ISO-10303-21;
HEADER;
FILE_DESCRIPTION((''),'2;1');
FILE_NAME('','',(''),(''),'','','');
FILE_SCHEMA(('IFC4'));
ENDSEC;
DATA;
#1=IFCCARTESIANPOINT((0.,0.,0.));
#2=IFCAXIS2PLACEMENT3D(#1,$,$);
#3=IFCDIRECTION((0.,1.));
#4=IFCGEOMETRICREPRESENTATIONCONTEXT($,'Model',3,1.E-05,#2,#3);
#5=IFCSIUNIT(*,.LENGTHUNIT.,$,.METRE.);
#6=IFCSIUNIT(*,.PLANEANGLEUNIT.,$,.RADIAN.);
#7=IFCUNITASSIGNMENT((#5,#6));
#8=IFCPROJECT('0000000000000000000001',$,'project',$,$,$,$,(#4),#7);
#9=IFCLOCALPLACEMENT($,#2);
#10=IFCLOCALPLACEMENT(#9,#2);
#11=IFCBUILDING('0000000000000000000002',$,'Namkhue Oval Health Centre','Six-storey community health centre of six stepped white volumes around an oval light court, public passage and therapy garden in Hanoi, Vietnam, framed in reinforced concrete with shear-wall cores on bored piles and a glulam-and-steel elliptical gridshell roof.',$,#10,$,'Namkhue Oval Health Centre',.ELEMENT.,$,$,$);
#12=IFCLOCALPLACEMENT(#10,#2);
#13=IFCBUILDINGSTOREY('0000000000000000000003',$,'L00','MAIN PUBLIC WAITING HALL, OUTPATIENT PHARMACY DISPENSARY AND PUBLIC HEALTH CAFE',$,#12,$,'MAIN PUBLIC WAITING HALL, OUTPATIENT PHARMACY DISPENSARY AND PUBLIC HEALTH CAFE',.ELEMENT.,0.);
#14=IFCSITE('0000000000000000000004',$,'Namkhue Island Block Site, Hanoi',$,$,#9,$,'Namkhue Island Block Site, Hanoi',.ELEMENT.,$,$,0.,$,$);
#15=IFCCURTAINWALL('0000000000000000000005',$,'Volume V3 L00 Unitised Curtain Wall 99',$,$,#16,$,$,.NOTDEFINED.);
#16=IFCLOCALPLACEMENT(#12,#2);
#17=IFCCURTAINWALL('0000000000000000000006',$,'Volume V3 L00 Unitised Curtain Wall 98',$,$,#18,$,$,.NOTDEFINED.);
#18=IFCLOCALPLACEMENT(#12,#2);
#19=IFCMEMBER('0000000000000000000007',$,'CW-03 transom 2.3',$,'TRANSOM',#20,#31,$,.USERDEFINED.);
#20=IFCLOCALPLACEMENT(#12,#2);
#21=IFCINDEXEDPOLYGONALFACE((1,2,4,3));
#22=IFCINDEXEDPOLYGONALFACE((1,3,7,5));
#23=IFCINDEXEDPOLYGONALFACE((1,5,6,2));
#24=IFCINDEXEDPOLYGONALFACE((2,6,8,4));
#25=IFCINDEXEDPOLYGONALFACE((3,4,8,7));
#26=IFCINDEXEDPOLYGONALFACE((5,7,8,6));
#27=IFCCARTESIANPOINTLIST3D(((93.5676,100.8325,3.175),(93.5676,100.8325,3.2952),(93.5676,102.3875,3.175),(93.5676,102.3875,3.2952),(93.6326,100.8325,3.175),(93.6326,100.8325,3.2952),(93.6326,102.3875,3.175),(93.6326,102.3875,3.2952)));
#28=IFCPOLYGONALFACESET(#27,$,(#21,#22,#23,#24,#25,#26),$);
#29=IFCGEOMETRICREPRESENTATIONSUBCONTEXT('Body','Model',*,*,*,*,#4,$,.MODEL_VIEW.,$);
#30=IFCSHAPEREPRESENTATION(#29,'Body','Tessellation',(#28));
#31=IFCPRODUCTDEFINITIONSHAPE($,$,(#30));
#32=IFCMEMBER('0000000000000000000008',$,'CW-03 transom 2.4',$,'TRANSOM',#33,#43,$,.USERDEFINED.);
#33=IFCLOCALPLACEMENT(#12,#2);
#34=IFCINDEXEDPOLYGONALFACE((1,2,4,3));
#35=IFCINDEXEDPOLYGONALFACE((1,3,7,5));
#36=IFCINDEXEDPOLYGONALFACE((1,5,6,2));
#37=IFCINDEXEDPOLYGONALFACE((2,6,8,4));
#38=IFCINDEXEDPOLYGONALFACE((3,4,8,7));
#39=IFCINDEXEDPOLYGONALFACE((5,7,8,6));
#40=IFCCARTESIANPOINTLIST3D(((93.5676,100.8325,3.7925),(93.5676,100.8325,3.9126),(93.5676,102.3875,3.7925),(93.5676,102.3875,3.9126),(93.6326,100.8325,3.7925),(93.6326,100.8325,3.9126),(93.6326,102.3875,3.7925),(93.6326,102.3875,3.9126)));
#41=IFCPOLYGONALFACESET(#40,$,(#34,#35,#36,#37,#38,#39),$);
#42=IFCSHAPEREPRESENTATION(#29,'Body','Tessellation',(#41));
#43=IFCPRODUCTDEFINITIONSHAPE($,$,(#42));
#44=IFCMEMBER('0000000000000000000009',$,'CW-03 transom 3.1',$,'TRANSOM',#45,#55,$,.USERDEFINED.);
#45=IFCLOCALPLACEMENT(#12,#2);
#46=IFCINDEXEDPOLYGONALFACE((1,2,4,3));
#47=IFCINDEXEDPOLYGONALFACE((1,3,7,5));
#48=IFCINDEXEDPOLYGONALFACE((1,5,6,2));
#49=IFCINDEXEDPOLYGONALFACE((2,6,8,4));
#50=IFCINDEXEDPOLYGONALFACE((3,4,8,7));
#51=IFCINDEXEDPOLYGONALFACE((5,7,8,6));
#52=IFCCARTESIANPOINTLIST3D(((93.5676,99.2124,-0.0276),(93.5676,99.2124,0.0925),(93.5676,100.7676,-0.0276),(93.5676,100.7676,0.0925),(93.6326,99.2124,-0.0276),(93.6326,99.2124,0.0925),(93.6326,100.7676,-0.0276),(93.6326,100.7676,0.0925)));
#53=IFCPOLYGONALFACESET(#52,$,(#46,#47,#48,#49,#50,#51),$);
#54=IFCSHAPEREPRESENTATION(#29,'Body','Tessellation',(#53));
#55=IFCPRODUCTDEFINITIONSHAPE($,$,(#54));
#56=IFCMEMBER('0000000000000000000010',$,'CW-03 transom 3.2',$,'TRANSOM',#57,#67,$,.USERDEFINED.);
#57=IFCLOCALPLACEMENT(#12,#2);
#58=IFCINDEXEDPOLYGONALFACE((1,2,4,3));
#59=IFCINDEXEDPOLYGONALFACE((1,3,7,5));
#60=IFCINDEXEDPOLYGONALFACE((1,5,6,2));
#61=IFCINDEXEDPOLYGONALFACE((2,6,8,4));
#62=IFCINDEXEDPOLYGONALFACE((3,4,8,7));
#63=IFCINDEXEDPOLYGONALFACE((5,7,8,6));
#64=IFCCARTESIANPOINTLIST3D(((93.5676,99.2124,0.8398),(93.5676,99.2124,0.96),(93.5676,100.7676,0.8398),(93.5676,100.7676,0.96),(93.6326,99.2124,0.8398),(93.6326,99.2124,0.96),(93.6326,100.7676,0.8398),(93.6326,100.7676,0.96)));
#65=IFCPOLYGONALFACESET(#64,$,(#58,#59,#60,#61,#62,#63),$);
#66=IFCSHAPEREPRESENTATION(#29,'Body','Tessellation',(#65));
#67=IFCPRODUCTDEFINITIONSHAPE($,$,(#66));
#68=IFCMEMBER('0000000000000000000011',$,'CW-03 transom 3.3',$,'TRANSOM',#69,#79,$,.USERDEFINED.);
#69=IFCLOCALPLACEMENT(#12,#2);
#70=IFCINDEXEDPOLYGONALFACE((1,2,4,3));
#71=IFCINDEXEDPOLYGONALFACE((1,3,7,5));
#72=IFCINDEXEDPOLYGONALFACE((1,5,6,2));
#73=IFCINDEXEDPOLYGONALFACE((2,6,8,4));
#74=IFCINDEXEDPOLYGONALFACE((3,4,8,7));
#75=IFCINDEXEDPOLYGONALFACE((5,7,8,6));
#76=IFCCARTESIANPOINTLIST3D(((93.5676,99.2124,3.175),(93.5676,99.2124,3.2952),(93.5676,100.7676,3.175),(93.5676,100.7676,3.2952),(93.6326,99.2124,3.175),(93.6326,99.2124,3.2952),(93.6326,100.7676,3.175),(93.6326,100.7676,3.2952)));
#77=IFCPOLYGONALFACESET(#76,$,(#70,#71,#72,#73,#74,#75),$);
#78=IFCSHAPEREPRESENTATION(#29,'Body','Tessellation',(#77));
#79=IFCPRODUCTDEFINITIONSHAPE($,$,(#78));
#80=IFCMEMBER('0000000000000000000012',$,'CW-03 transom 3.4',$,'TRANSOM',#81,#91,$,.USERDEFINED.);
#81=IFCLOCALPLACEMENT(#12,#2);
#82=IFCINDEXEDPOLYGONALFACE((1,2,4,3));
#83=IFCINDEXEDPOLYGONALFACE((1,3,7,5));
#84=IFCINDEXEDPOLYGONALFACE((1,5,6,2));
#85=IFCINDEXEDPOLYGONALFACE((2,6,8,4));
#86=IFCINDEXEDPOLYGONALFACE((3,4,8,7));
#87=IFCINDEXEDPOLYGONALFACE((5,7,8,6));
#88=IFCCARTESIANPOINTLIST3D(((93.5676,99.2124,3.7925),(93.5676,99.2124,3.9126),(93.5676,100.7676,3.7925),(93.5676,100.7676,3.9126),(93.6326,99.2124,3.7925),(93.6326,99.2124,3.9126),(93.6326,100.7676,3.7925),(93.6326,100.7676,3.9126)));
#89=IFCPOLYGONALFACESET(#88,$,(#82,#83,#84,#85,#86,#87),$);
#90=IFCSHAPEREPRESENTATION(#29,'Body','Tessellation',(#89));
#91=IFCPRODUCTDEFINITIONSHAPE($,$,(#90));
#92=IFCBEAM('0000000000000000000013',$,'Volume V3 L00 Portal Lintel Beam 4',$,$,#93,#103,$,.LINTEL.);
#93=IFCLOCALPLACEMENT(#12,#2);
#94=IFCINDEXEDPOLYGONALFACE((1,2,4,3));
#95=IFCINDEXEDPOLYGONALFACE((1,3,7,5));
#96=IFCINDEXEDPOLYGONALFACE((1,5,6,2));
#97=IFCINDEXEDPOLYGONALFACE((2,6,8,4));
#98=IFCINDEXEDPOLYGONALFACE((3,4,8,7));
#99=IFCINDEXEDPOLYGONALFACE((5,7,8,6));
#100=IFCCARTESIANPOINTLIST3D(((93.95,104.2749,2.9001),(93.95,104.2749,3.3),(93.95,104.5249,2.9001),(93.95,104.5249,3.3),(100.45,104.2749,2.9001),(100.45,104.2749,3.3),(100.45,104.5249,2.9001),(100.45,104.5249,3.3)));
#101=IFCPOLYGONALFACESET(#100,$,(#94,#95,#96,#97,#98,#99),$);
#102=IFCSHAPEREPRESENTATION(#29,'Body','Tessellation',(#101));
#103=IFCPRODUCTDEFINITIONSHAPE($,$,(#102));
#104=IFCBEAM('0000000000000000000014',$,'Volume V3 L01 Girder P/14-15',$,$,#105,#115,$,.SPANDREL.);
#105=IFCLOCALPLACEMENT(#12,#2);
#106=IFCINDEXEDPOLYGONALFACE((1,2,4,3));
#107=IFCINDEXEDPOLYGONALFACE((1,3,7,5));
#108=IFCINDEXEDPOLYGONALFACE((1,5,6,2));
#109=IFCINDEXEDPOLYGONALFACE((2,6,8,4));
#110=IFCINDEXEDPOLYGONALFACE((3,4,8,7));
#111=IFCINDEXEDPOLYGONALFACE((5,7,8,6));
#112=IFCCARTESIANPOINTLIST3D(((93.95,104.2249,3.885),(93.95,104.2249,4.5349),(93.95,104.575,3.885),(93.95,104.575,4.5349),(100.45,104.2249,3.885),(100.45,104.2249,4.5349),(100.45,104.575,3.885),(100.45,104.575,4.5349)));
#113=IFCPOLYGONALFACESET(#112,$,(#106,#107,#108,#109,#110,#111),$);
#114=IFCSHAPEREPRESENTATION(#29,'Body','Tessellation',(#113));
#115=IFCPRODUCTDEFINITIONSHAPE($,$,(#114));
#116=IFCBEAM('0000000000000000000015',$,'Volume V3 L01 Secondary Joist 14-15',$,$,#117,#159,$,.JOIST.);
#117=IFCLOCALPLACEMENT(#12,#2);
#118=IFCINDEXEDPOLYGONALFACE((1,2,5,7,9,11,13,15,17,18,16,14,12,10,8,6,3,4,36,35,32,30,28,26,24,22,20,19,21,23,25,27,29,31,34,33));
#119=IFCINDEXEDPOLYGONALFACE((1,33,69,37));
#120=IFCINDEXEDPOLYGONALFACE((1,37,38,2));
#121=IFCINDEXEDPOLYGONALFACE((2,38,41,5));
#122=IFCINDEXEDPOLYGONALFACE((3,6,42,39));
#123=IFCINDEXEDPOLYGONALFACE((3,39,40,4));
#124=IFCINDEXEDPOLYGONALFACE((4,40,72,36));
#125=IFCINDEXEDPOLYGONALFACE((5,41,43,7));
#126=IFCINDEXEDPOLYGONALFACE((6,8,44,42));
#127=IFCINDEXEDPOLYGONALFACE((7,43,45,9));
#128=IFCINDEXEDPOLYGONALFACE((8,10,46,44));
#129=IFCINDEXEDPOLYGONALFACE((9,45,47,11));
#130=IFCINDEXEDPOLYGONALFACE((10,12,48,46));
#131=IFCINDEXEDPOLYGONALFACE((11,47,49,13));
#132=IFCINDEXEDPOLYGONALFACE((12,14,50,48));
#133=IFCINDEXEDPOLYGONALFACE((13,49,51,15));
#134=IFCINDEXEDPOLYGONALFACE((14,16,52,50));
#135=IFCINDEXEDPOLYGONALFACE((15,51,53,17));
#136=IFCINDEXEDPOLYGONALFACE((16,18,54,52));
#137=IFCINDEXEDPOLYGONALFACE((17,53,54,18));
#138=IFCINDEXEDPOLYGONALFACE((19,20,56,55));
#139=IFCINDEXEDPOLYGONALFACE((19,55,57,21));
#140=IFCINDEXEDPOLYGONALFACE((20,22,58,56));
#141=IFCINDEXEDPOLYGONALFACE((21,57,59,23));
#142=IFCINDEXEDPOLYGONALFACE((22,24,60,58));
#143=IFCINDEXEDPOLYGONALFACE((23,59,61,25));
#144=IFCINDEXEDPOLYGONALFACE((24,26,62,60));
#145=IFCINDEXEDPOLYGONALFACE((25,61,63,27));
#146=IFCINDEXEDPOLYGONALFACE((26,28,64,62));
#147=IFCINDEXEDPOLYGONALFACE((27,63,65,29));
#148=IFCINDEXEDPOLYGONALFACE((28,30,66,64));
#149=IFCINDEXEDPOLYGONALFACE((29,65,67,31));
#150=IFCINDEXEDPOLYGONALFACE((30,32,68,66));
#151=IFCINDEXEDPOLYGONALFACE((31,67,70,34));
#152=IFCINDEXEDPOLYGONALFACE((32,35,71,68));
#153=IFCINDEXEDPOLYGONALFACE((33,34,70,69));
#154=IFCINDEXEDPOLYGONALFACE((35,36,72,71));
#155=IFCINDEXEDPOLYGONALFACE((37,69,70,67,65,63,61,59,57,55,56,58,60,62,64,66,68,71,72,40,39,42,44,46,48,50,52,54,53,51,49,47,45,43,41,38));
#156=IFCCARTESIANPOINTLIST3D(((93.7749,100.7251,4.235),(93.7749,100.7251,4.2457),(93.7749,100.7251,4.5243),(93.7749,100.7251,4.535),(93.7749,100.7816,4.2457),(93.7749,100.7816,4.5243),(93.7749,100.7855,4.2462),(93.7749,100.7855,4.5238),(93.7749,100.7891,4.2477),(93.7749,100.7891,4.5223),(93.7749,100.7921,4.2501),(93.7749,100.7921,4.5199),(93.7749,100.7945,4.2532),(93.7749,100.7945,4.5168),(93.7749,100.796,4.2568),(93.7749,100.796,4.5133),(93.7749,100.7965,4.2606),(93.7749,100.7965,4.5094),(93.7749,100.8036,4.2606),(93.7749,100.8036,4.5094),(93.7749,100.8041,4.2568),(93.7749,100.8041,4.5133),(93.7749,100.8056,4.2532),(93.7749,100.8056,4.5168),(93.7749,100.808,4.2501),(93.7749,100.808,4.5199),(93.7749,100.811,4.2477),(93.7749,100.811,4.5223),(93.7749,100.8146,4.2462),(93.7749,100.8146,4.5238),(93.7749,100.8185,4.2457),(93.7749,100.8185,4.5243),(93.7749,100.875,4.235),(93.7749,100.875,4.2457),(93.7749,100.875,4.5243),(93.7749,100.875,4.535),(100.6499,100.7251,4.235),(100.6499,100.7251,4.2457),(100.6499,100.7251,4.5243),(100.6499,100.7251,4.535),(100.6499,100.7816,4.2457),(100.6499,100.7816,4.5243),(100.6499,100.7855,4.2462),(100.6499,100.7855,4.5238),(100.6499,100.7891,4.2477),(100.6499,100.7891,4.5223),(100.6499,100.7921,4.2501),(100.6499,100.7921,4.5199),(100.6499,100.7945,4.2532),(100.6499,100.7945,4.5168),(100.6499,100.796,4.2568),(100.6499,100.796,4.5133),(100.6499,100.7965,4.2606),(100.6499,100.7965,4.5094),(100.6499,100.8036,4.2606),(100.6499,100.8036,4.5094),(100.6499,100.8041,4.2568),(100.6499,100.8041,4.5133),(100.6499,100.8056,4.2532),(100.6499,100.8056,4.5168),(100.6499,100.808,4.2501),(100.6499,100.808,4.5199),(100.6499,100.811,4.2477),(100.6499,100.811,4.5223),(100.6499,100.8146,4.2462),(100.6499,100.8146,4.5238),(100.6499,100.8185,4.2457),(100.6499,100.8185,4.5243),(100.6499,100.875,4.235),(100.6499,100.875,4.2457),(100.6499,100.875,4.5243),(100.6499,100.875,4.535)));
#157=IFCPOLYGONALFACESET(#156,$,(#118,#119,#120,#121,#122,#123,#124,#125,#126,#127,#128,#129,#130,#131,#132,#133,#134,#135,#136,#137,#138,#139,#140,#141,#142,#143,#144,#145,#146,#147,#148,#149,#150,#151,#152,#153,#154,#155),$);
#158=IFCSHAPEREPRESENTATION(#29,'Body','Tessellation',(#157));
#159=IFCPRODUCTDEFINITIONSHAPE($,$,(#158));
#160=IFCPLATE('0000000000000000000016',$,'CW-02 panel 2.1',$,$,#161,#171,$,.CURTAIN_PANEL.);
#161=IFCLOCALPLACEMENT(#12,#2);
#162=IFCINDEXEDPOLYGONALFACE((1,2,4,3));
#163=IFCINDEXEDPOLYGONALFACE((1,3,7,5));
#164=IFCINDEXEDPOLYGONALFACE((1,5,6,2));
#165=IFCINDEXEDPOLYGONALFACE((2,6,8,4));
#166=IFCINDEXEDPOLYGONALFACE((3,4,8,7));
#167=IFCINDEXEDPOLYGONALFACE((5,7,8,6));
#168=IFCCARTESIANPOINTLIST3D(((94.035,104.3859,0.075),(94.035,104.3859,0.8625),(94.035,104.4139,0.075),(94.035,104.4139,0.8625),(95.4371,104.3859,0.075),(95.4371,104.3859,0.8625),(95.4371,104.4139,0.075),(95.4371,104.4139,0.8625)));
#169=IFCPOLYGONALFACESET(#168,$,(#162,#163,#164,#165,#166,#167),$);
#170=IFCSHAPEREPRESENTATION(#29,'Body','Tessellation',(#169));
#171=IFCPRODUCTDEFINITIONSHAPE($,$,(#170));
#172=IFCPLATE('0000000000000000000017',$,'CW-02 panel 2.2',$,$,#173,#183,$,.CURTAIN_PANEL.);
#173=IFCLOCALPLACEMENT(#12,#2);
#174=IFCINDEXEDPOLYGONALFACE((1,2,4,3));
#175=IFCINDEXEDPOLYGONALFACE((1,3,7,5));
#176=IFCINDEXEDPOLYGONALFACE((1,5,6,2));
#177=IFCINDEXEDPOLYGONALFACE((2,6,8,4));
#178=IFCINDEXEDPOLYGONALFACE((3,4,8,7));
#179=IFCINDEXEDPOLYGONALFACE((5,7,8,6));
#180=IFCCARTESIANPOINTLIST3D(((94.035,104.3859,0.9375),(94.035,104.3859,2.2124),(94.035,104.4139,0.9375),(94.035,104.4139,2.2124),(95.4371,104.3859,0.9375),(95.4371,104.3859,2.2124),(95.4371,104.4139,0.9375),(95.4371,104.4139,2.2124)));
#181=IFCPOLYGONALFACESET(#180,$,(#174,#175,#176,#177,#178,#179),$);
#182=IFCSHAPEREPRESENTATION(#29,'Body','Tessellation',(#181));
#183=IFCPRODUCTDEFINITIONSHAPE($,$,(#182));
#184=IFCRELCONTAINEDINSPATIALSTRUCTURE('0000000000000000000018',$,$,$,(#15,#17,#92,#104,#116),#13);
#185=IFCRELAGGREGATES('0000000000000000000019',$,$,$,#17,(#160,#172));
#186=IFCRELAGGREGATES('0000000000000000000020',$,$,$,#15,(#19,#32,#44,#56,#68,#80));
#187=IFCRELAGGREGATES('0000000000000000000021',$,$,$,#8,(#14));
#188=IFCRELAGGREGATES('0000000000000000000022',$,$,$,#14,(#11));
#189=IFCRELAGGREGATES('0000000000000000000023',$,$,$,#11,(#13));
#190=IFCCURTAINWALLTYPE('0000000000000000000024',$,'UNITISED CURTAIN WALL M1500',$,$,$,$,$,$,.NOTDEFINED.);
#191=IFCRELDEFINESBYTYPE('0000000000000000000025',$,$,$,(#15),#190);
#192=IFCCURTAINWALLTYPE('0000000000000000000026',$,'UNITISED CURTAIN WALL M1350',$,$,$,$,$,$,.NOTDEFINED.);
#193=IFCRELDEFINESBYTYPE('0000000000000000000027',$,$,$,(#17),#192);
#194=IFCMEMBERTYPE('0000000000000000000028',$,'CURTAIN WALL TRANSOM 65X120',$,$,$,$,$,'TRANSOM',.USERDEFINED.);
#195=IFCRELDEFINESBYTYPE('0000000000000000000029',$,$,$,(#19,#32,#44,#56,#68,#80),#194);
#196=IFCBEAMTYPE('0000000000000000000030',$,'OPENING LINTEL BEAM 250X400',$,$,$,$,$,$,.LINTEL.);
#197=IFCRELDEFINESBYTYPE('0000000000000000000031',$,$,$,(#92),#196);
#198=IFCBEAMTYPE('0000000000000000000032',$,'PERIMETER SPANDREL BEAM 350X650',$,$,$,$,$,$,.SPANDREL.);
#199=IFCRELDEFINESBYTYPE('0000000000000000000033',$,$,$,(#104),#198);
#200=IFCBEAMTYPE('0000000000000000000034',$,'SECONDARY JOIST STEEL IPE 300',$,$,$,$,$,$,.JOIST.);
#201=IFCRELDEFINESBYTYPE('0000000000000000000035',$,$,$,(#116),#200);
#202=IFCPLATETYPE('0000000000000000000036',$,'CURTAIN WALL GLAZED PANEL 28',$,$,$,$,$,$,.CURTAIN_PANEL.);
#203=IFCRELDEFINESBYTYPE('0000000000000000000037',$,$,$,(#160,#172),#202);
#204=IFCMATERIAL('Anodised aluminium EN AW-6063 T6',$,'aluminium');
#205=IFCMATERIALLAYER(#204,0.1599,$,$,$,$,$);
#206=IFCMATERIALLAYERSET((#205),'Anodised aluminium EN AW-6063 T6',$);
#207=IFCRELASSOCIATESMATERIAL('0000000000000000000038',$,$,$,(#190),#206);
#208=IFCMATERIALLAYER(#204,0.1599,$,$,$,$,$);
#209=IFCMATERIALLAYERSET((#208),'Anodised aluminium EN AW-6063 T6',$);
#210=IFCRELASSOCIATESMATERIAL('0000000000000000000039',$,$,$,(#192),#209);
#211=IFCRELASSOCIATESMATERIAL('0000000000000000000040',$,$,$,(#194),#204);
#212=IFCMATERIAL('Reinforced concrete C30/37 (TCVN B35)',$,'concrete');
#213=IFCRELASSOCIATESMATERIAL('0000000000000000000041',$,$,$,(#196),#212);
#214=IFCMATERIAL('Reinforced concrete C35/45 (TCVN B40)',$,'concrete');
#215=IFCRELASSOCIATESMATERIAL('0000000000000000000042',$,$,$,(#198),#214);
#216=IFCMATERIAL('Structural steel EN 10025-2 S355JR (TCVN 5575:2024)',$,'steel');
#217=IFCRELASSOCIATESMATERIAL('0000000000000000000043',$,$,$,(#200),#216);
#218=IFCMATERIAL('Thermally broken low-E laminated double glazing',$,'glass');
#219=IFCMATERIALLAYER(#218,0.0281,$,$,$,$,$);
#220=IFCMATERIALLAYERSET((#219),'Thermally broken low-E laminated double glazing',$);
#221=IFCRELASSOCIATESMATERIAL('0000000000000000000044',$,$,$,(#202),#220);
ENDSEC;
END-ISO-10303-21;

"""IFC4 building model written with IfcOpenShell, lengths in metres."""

from ifc_helpers import new_model, si_unit, direction, frame, origin, origin_2d, place, context, subcontext, project, spatial, rectangle, i_section, extrude, material, layer, layer_set, material_profile, profile_set, type_object, element, aggregate, save


model = new_model("IFC4")

# Units and contexts
model_context = context("Model", 3, precision=1e-05, world=origin(), true_north=direction((0.0, 1.0)))
body_context = subcontext(model_context, "Body", "Model", "MODEL_VIEW")
ifc_project = project(units=[si_unit("LENGTHUNIT", "METRE"), si_unit("PLANEANGLEUNIT", "RADIAN")], contexts=[model_context])

# Site, building, storey
site_placement = place(None, origin())
site = spatial("IfcSite", under=ifc_project, at=site_placement, Name="Namkhue Island Block Site, Hanoi", LongName="Namkhue Island Block Site, Hanoi", CompositionType="ELEMENT", RefElevation=0.0)
building_placement = place(site_placement, origin())
building = spatial("IfcBuilding", under=site, at=building_placement, Name="Namkhue Oval Health Centre", Description="Six-storey community health centre of six stepped white volumes around an oval light court, public passage and therapy garden in Hanoi, Vietnam, framed in reinforced concrete with shear-wall cores on bored piles and a glulam-and-steel elliptical gridshell roof.", LongName="Namkhue Oval Health Centre", CompositionType="ELEMENT")
storey_placement = place(building_placement, origin())
storey = spatial("IfcBuildingStorey", under=building, at=storey_placement, Name="L00", Description="MAIN PUBLIC WAITING HALL, OUTPATIENT PHARMACY DISPENSARY AND PUBLIC HEALTH CAFE", LongName="MAIN PUBLIC WAITING HALL, OUTPATIENT PHARMACY DISPENSARY AND PUBLIC HEALTH CAFE", CompositionType="ELEMENT", Elevation=0.0)

# Shared definitions
ifc_material_1 = material(Name="Reinforced concrete C30/37 (TCVN B35)", Category="concrete")

# Shared definitions
ifc_material_2 = material(Name="Reinforced concrete C35/45 (TCVN B40)", Category="concrete")

# Curtain wall
ifc_material_3 = material(Name="Anodised aluminium EN AW-6063 T6", Category="aluminium")
ifc_layer_1 = layer(ifc_material_3, 0.1599)
ifc_layer_set_1 = layer_set([ifc_layer_1], Name="Anodised aluminium EN AW-6063 T6")
curtain_wall_type_1 = type_object("IfcCurtainWallType", Name="UNITISED CURTAIN WALL M1500", PredefinedType="NOTDEFINED", material=ifc_layer_set_1)
curtain_wall_1_placement = place(storey_placement, origin())
curtain_wall_1 = element("IfcCurtainWall", 1, at=curtain_wall_1_placement, inside=storey, type_object=curtain_wall_type_1, Name="Volume V3 L00 Unitised Curtain Wall 99", PredefinedType="NOTDEFINED")

# Curtain wall
ifc_layer_2 = layer(ifc_material_3, 0.1599)
ifc_layer_set_2 = layer_set([ifc_layer_2], Name="Anodised aluminium EN AW-6063 T6")
curtain_wall_type_2 = type_object("IfcCurtainWallType", Name="UNITISED CURTAIN WALL M1350", PredefinedType="NOTDEFINED", material=ifc_layer_set_2)
curtain_wall_2_placement = place(storey_placement, origin())
curtain_wall_2 = element("IfcCurtainWall", 2, at=curtain_wall_2_placement, inside=storey, type_object=curtain_wall_type_2, Name="Volume V3 L00 Unitised Curtain Wall 98", PredefinedType="NOTDEFINED")

# Members
ifc_material_profile_1 = material_profile(ifc_material_3, rectangle(XDim=0.0649, YDim=0.1201, at=origin_2d()), Name="ALU 65x120")
ifc_profile_set_1 = profile_set([ifc_material_profile_1], Name="Anodised aluminium EN AW-6063 T6")
member_type_1 = type_object("IfcMemberType", Name="CURTAIN WALL TRANSOM 65X120", ElementType="TRANSOM", PredefinedType="USERDEFINED", material=ifc_profile_set_1)
member_1_placement = place(storey_placement, frame((93.6001, 102.3875, 3.2351), z_axis=(0.0, -1.0, 0.0), x_axis=(1.0, 0.0, 0.0)))
member_1 = element("IfcMember", 3, at=member_1_placement, type_object=member_type_1, Name="CW-03 transom 2.3", ObjectType="TRANSOM", PredefinedType="USERDEFINED", context=body_context, shape_type="SweptSolid", body=[
    extrude(rectangle(XDim=0.0649, YDim=0.1201, at=origin_2d()), origin(), (0.0, 0.0, 1.0), 1.5549),
])
member_2_placement = place(storey_placement, frame((93.6001, 102.3875, 3.8525), z_axis=(0.0, -1.0, 0.0), x_axis=(1.0, 0.0, 0.0)))
member_2 = element("IfcMember", 4, at=member_2_placement, type_object=member_type_1, Name="CW-03 transom 2.4", ObjectType="TRANSOM", PredefinedType="USERDEFINED", context=body_context, shape_type="SweptSolid", body=[
    extrude(rectangle(XDim=0.0649, YDim=0.1201, at=origin_2d()), origin(), (0.0, 0.0, 1.0), 1.5549),
])
member_3_placement = place(storey_placement, frame((93.6001, 100.7676, 0.0325), z_axis=(0.0, -1.0, 0.0), x_axis=(1.0, 0.0, 0.0)))
member_3 = element("IfcMember", 5, at=member_3_placement, type_object=member_type_1, Name="CW-03 transom 3.1", ObjectType="TRANSOM", PredefinedType="USERDEFINED", context=body_context, shape_type="SweptSolid", body=[
    extrude(rectangle(XDim=0.0649, YDim=0.1201, at=origin_2d()), origin(), (0.0, 0.0, 1.0), 1.5552),
])
member_4_placement = place(storey_placement, frame((93.6001, 100.7676, 0.8999), z_axis=(0.0, -1.0, 0.0), x_axis=(1.0, 0.0, 0.0)))
member_4 = element("IfcMember", 6, at=member_4_placement, type_object=member_type_1, Name="CW-03 transom 3.2", ObjectType="TRANSOM", PredefinedType="USERDEFINED", context=body_context, shape_type="SweptSolid", body=[
    extrude(rectangle(XDim=0.0649, YDim=0.1201, at=origin_2d()), origin(), (0.0, 0.0, 1.0), 1.5552),
])
member_5_placement = place(storey_placement, frame((93.6001, 100.7676, 3.2351), z_axis=(0.0, -1.0, 0.0), x_axis=(1.0, 0.0, 0.0)))
member_5 = element("IfcMember", 7, at=member_5_placement, type_object=member_type_1, Name="CW-03 transom 3.3", ObjectType="TRANSOM", PredefinedType="USERDEFINED", context=body_context, shape_type="SweptSolid", body=[
    extrude(rectangle(XDim=0.0649, YDim=0.1201, at=origin_2d()), origin(), (0.0, 0.0, 1.0), 1.5552),
])
member_6_placement = place(storey_placement, frame((93.6001, 100.7676, 3.8525), z_axis=(0.0, -1.0, 0.0), x_axis=(1.0, 0.0, 0.0)))
member_6 = element("IfcMember", 8, at=member_6_placement, type_object=member_type_1, Name="CW-03 transom 3.4", ObjectType="TRANSOM", PredefinedType="USERDEFINED", context=body_context, shape_type="SweptSolid", body=[
    extrude(rectangle(XDim=0.0649, YDim=0.1201, at=origin_2d()), origin(), (0.0, 0.0, 1.0), 1.5552),
])

# Beams
ifc_material_profile_2 = material_profile(ifc_material_1, rectangle(XDim=0.25, YDim=0.3999, at=origin_2d()), Name="RC 250x400")
ifc_profile_set_2 = profile_set([ifc_material_profile_2], Name="Reinforced concrete C30/37 (TCVN B35)")
beam_type_1 = type_object("IfcBeamType", Name="OPENING LINTEL BEAM 250X400", PredefinedType="LINTEL", material=ifc_profile_set_2)
beam_1_placement = place(storey_placement, frame((93.95, 104.3999, 3.1001), z_axis=(1.0, 0.0, 0.0), x_axis=(0.0, 1.0, 0.0)))
element("IfcBeam", 9, at=beam_1_placement, inside=storey, type_object=beam_type_1, Name="Volume V3 L00 Portal Lintel Beam 4", PredefinedType="LINTEL", context=body_context, shape_type="SweptSolid", body=[
    extrude(rectangle(XDim=0.25, YDim=0.3999, at=origin_2d()), origin(), (0.0, 0.0, 1.0), 6.5),
])
ifc_material_profile_3 = material_profile(ifc_material_2, rectangle(XDim=0.3501, YDim=0.6499, at=origin_2d()), Name="RC 350x650")
ifc_profile_set_3 = profile_set([ifc_material_profile_3], Name="Reinforced concrete C35/45 (TCVN B40)")
beam_type_2 = type_object("IfcBeamType", Name="PERIMETER SPANDREL BEAM 350X650", PredefinedType="SPANDREL", material=ifc_profile_set_3)
beam_2_placement = place(storey_placement, frame((93.95, 104.3999, 4.21), z_axis=(1.0, 0.0, 0.0), x_axis=(0.0, 1.0, 0.0)))
element("IfcBeam", 10, at=beam_2_placement, inside=storey, type_object=beam_type_2, Name="Volume V3 L01 Girder P/14-15", PredefinedType="SPANDREL", context=body_context, shape_type="SweptSolid", body=[
    extrude(rectangle(XDim=0.3501, YDim=0.6499, at=origin_2d()), origin(), (0.0, 0.0, 1.0), 6.5),
])
ifc_material_4 = material(Name="Structural steel EN 10025-2 S355JR (TCVN 5575:2024)", Category="steel")
ifc_material_profile_4 = material_profile(ifc_material_4, i_section(OverallWidth=0.1499, OverallDepth=0.3, WebThickness=0.0071, FlangeThickness=0.0107, FilletRadius=0.0149, at=origin_2d()), Name="IPE 300")
ifc_profile_set_4 = profile_set([ifc_material_profile_4], Name="Structural steel EN 10025-2 S355JR (TCVN 5575:2024)")
beam_type_3 = type_object("IfcBeamType", Name="SECONDARY JOIST STEEL IPE 300", PredefinedType="JOIST", material=ifc_profile_set_4)
beam_3_placement = place(storey_placement, frame((93.7749, 100.8, 4.385), z_axis=(1.0, 0.0, 0.0), x_axis=(0.0, 1.0, 0.0)))
element("IfcBeam", 11, at=beam_3_placement, inside=storey, type_object=beam_type_3, Name="Volume V3 L01 Secondary Joist 14-15", PredefinedType="JOIST", context=body_context, shape_type="SweptSolid", body=[
    extrude(i_section(OverallWidth=0.1499, OverallDepth=0.3, WebThickness=0.0071, FlangeThickness=0.0107, FilletRadius=0.0149, at=origin_2d()), origin(), (0.0, 0.0, 1.0), 6.875),
])

# Plates
ifc_material_5 = material(Name="Thermally broken low-E laminated double glazing", Category="glass")
ifc_layer_3 = layer(ifc_material_5, 0.0281)
ifc_layer_set_3 = layer_set([ifc_layer_3], Name="Thermally broken low-E laminated double glazing")
plate_type_1 = type_object("IfcPlateType", Name="CURTAIN WALL GLAZED PANEL 28", PredefinedType="CURTAIN_PANEL", material=ifc_layer_set_3)
plate_1_placement = place(storey_placement, frame((94.7361, 104.3999, 0.075), z_axis=(0.0, 0.0, 1.0), x_axis=(-1.0, 0.0, 0.0)))
plate_1 = element("IfcPlate", 12, at=plate_1_placement, type_object=plate_type_1, Name="CW-02 panel 2.1", PredefinedType="CURTAIN_PANEL", context=body_context, shape_type="SweptSolid", body=[
    extrude(rectangle(XDim=1.4021, YDim=0.0281, at=origin_2d()), origin(), (0.0, 0.0, 1.0), 0.7876),
])
plate_2_placement = place(storey_placement, frame((94.7361, 104.3999, 0.9375), z_axis=(0.0, 0.0, 1.0), x_axis=(-1.0, 0.0, 0.0)))
plate_2 = element("IfcPlate", 13, at=plate_2_placement, type_object=plate_type_1, Name="CW-02 panel 2.2", PredefinedType="CURTAIN_PANEL", context=body_context, shape_type="SweptSolid", body=[
    extrude(rectangle(XDim=1.4021, YDim=0.0281, at=origin_2d()), origin(), (0.0, 0.0, 1.0), 1.2749),
])
aggregate(curtain_wall_2, [plate_1, plate_2])
aggregate(curtain_wall_1, [member_1, member_2, member_3, member_4, member_5, member_6])

save(model, "model.ifc")
